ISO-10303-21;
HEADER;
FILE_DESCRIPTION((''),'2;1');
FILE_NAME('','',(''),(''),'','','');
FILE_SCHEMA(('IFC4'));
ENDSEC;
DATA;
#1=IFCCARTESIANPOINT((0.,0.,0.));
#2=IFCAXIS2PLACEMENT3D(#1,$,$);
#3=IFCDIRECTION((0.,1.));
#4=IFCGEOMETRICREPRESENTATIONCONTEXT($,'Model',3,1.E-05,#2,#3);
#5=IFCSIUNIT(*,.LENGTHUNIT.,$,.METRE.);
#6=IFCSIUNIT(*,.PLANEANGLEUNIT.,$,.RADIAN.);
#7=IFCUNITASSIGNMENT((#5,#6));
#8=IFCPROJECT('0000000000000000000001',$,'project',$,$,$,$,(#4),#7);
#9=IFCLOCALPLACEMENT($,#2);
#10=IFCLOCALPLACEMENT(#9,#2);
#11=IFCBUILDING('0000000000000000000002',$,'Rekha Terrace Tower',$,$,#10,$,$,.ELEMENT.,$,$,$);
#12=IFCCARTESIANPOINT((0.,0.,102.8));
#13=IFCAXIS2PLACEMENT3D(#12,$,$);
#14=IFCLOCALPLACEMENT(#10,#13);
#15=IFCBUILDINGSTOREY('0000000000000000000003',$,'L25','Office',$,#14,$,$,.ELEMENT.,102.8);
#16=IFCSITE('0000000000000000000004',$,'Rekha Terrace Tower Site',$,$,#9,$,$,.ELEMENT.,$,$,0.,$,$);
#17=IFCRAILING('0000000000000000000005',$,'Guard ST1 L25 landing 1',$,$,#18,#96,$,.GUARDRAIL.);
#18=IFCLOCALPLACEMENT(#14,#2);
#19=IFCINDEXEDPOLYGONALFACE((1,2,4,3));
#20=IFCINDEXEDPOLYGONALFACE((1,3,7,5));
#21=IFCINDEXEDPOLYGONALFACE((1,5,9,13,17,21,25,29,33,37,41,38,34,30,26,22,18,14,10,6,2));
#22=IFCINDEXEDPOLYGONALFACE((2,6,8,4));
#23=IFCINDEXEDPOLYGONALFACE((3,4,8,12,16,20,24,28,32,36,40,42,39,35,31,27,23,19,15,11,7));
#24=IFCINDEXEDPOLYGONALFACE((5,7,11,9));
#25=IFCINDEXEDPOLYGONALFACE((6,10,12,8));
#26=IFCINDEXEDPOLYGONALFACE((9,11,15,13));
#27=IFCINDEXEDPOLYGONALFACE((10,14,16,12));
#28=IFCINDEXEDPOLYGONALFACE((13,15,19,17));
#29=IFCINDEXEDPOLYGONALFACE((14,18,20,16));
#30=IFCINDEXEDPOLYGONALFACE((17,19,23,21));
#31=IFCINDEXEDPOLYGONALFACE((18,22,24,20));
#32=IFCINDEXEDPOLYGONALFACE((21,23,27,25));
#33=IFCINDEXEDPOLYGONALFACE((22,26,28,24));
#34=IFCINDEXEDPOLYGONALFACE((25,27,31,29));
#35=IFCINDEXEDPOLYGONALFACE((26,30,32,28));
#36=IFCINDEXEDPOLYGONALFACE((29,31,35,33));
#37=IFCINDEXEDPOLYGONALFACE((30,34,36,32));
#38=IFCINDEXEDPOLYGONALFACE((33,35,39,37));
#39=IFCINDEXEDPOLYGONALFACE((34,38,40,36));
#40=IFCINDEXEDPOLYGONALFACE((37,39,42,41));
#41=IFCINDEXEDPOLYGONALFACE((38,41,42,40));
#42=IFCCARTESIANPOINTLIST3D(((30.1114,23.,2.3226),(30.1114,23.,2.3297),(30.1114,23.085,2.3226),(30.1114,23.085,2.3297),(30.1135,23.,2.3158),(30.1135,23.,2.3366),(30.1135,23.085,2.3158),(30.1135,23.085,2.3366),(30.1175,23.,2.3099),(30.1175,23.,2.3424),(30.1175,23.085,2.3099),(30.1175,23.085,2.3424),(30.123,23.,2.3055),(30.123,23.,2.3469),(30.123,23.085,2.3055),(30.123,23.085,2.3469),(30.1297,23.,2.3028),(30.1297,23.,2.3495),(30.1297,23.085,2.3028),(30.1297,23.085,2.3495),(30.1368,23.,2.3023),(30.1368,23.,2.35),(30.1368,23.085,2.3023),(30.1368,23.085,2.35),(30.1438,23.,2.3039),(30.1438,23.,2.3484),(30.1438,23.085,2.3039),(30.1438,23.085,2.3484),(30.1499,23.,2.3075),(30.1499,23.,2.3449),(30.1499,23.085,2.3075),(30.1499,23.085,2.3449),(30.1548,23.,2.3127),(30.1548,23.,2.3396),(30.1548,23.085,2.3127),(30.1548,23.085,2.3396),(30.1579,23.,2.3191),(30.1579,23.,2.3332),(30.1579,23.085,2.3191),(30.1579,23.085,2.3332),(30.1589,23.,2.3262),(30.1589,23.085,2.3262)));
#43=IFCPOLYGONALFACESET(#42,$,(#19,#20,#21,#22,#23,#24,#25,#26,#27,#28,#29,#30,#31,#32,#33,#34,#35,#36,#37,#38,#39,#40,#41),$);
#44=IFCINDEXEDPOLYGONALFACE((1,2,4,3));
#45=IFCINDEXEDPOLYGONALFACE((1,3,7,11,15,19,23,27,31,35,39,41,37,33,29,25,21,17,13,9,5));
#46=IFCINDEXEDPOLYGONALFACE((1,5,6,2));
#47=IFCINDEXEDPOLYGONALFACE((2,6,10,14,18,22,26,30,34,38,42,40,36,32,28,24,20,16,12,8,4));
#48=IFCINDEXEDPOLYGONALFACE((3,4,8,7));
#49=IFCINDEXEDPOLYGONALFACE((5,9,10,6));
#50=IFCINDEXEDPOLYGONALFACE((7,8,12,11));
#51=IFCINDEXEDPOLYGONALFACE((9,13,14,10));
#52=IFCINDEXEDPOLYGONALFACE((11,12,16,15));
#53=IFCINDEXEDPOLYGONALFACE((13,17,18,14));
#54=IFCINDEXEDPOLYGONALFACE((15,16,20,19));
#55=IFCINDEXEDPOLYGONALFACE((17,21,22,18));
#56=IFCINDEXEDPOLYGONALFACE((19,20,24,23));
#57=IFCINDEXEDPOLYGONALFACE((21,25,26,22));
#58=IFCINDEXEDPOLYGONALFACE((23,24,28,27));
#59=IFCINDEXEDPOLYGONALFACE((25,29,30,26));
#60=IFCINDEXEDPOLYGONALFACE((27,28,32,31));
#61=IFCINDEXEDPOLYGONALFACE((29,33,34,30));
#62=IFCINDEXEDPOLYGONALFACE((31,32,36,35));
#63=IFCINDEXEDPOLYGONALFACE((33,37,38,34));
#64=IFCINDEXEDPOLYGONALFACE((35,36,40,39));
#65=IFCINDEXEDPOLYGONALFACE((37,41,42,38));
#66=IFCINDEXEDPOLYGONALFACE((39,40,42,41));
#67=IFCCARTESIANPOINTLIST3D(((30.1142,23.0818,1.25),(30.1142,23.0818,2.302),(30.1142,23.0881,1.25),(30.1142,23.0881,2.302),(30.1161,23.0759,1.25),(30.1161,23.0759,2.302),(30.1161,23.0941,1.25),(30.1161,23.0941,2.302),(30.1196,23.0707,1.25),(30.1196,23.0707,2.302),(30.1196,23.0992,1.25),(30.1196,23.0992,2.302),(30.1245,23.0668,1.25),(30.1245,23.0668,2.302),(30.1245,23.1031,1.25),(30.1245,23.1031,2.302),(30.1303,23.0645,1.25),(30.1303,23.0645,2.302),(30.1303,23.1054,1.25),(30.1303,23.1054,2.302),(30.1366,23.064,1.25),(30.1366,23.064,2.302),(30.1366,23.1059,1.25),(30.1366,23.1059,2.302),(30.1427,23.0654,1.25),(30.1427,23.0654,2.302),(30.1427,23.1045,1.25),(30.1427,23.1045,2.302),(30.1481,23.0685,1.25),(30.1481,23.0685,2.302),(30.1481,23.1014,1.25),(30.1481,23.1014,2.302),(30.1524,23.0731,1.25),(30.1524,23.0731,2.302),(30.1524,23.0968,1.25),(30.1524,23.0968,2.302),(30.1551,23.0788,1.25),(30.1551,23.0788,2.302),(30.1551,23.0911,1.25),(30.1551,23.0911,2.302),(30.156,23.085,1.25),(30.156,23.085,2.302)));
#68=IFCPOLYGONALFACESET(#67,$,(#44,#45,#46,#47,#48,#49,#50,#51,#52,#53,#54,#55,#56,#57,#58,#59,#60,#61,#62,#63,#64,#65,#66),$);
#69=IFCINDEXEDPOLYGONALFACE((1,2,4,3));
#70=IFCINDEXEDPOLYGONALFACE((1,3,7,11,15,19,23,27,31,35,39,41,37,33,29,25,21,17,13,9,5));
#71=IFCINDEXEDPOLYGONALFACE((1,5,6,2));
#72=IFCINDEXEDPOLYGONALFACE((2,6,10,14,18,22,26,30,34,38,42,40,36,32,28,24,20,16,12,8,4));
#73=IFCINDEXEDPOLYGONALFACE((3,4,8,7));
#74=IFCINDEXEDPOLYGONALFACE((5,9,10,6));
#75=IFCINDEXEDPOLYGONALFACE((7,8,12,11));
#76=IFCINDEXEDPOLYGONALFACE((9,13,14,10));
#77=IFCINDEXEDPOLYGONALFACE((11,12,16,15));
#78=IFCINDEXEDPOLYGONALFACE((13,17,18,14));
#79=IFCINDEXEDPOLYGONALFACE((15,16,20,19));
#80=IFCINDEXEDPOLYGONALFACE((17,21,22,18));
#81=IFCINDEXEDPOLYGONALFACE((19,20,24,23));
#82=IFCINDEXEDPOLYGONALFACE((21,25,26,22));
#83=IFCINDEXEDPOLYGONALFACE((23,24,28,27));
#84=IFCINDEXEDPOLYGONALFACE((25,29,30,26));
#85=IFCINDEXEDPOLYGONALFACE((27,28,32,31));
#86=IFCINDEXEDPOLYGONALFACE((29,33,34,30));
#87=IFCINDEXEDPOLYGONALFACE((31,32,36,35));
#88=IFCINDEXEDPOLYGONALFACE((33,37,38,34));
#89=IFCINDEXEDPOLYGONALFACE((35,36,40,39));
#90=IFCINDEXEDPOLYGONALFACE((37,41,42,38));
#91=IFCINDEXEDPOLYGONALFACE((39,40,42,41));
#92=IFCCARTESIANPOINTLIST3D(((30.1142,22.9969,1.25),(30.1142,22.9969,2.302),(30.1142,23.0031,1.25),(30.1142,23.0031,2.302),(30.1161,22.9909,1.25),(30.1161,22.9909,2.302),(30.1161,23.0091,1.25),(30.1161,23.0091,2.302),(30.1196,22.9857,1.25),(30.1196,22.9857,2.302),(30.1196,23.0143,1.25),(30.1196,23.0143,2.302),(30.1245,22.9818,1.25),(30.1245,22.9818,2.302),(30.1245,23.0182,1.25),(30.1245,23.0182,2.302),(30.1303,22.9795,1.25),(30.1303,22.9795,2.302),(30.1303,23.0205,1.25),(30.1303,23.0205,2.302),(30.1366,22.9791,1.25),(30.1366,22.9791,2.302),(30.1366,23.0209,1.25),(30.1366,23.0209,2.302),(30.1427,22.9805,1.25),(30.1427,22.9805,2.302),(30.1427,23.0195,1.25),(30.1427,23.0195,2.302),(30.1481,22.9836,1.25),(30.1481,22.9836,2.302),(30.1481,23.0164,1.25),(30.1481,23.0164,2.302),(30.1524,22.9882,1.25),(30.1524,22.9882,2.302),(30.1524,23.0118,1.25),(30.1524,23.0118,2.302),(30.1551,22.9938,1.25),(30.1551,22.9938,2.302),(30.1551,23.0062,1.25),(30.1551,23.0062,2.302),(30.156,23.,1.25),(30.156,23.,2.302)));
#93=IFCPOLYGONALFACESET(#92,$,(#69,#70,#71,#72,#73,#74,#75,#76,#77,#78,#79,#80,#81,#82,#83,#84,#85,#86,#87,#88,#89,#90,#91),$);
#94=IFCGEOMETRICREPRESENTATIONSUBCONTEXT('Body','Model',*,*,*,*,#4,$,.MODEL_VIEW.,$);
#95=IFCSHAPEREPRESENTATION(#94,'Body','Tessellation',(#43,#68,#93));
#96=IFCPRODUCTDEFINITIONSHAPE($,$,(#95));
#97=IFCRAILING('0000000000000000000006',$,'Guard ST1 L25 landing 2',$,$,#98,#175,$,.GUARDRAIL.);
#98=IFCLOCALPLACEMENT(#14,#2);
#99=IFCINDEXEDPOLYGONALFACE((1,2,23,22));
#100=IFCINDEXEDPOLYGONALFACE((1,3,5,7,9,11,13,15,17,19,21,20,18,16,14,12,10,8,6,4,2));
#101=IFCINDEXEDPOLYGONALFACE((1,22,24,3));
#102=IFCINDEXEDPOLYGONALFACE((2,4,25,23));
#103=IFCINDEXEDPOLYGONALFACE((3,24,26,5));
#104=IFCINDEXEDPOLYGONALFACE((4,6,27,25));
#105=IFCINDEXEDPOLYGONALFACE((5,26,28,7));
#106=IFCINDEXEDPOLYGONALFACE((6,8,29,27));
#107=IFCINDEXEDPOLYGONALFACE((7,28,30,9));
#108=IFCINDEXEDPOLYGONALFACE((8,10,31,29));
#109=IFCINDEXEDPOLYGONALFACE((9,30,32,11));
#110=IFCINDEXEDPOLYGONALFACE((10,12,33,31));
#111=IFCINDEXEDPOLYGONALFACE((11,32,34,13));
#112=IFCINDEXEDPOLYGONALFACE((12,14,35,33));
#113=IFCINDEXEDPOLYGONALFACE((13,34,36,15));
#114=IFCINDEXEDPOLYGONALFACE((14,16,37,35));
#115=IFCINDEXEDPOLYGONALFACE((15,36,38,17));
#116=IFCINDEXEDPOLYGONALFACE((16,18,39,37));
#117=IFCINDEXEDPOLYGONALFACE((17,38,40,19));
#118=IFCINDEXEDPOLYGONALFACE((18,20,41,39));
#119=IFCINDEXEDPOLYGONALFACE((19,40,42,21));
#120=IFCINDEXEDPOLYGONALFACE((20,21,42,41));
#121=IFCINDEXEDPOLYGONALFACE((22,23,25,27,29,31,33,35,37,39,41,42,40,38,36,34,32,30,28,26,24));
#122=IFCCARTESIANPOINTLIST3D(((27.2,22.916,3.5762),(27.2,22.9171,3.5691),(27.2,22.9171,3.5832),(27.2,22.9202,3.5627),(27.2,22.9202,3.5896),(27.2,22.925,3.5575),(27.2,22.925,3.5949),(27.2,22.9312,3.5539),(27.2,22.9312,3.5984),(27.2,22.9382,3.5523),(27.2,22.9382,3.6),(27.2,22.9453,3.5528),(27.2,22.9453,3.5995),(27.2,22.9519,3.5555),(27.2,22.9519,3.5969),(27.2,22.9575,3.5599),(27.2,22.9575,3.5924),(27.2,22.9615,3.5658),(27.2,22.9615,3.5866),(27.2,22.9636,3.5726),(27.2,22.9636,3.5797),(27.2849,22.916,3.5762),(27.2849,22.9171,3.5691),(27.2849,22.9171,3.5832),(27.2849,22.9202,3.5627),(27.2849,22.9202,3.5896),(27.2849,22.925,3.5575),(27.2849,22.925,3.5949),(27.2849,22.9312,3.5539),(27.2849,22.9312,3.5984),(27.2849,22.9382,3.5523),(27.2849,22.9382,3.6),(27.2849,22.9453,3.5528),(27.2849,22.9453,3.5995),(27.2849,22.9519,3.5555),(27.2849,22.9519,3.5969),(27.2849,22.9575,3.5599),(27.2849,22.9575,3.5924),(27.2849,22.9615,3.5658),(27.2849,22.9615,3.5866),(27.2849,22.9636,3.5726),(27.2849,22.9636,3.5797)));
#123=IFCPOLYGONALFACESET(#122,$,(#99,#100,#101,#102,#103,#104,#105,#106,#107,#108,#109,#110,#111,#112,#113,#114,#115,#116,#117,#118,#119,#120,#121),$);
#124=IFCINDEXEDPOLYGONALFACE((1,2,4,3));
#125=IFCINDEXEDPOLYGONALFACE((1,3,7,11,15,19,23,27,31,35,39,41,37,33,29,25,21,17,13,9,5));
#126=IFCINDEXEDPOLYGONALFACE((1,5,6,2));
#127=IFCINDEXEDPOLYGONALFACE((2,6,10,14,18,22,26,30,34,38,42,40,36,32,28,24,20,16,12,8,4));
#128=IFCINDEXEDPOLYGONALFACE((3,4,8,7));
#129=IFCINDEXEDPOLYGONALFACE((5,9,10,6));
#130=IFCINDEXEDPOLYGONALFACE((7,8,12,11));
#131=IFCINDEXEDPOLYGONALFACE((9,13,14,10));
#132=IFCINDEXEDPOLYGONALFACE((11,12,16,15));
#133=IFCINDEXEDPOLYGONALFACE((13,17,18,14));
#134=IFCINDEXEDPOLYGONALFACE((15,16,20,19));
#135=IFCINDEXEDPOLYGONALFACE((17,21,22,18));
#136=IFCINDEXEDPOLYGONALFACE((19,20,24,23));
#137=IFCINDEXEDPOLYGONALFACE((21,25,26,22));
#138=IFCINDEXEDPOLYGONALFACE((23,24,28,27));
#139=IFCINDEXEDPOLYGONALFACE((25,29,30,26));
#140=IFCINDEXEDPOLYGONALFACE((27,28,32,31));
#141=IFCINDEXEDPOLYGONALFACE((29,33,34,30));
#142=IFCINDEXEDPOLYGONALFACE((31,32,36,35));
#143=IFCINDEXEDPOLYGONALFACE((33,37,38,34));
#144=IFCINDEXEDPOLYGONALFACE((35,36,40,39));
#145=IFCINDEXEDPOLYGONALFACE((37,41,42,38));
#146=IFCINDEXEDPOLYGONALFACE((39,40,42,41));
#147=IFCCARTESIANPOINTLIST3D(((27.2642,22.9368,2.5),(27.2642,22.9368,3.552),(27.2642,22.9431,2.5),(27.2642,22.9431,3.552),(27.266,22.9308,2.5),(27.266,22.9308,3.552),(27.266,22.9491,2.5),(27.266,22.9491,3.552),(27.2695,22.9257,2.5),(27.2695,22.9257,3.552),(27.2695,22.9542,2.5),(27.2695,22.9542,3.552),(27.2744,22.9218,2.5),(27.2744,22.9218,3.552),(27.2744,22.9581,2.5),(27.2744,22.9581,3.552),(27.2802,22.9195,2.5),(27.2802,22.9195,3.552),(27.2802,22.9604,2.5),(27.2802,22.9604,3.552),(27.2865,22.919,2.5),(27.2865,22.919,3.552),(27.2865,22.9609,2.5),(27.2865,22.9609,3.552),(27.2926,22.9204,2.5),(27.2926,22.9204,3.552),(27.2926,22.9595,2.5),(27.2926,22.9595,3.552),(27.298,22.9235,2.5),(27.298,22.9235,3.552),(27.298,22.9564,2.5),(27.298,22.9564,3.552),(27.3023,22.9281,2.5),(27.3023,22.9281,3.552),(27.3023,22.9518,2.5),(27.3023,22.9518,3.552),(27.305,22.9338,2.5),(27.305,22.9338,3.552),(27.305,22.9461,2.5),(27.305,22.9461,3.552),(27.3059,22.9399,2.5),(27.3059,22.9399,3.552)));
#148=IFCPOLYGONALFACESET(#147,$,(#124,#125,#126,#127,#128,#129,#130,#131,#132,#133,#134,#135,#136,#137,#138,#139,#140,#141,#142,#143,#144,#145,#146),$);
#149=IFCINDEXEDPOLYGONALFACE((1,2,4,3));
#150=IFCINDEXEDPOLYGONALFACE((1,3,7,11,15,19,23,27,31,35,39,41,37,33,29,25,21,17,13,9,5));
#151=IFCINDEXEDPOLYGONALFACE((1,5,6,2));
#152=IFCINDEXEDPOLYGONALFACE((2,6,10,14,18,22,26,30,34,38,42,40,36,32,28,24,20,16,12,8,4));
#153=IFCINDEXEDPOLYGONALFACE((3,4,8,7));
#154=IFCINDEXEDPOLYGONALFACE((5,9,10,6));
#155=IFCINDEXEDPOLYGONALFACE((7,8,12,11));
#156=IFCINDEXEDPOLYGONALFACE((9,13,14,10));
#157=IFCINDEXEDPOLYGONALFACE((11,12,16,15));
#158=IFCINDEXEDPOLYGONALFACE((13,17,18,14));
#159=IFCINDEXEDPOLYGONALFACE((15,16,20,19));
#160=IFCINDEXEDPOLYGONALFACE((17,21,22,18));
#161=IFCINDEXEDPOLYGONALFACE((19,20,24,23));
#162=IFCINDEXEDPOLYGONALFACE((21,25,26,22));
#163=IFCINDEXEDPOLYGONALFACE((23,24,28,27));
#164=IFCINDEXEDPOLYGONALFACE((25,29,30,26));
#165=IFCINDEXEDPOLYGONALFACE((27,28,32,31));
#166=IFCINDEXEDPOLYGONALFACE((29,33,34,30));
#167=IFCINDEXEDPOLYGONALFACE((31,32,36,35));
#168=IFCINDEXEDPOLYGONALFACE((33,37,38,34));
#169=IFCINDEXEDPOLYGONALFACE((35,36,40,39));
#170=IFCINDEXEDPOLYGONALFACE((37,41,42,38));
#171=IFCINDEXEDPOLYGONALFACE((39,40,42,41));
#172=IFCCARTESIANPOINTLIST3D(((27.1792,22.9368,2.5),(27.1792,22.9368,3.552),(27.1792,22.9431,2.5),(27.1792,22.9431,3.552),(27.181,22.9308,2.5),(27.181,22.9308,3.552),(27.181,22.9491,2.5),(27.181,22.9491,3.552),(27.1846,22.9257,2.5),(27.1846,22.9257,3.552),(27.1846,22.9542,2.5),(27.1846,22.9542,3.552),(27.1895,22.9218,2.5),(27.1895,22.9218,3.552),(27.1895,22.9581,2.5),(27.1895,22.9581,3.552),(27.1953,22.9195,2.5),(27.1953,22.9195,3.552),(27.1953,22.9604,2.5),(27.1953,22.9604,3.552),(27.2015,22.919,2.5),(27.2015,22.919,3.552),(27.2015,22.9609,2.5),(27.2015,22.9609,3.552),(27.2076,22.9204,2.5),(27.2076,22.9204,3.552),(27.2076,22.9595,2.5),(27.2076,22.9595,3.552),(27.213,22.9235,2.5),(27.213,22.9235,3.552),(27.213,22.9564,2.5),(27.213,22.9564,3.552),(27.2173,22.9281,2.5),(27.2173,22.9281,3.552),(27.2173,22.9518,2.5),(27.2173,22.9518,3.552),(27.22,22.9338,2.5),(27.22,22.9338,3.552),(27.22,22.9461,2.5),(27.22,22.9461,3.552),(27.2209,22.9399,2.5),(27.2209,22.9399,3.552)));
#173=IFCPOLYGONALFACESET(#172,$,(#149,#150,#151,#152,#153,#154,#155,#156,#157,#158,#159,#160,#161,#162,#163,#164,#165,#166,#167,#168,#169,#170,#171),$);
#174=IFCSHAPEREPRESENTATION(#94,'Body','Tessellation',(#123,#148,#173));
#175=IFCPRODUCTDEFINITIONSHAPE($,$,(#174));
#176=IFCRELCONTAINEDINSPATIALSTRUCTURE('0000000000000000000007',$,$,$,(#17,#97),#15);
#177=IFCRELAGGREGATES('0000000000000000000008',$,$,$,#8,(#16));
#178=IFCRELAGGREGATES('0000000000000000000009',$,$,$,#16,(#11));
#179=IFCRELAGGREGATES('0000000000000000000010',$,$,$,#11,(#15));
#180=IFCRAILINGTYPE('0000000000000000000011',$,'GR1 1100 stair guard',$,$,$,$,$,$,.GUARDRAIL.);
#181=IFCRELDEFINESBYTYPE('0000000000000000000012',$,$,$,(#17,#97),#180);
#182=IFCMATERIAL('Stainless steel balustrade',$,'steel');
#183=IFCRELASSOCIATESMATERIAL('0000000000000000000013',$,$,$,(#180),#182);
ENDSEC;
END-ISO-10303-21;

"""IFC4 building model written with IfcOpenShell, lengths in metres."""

from ifc_helpers import new_model, si_unit, direction, frame, origin, origin_2d, place, context, subcontext, project, spatial, circle, extrude, material, type_object, element, save


model = new_model("IFC4")

# Units and contexts
model_context = context("Model", 3, precision=1e-05, world=origin(), true_north=direction((0.0, 1.0)))
body_context = subcontext(model_context, "Body", "Model", "MODEL_VIEW")
ifc_project = project(units=[si_unit("LENGTHUNIT", "METRE"), si_unit("PLANEANGLEUNIT", "RADIAN")], contexts=[model_context])

# Site, building, storey
site_placement = place(None, origin())
site = spatial("IfcSite", under=ifc_project, at=site_placement, Name="Rekha Terrace Tower Site", CompositionType="ELEMENT", RefElevation=0.0)
building_placement = place(site_placement, origin())
building = spatial("IfcBuilding", under=site, at=building_placement, Name="Rekha Terrace Tower", CompositionType="ELEMENT")
storey_placement = place(building_placement, frame((0.0, 0.0, 102.8)))
storey = spatial("IfcBuildingStorey", under=building, at=storey_placement, Name="L25", Description="Office", CompositionType="ELEMENT", Elevation=102.8)

# Railings
ifc_material_1 = material(Name="Stainless steel balustrade", Category="steel")
railing_type_1 = type_object("IfcRailingType", Name="GR1 1100 stair guard", PredefinedType="GUARDRAIL", material=ifc_material_1)
railing_1_placement = place(storey_placement, frame((30.135, 23.085, 1.25)))
element("IfcRailing", 1, at=railing_1_placement, inside=storey, type_object=railing_type_1, Name="Guard ST1 L25 landing 1", PredefinedType="GUARDRAIL", context=body_context, shape_type="SweptSolid", body=[
    extrude(circle(Radius=0.0239, at=origin_2d()), frame((0.0, 0.0, 1.0762), z_axis=(0.0, -1.0, 0.0), x_axis=(1.0, 0.0, 0.0)), (0.0, 0.0, 1.0), 0.085),
    extrude(circle(Radius=0.021, at=origin_2d()), origin(), (0.0, 0.0, 1.0), 1.052),
    extrude(circle(Radius=0.021, at=origin_2d()), frame((0.0, -0.085, 0.0)), (0.0, 0.0, 1.0), 1.052),
])
railing_2_placement = place(storey_placement, frame((27.2849, 22.9399, 2.5)))
element("IfcRailing", 2, at=railing_2_placement, inside=storey, type_object=railing_type_1, Name="Guard ST1 L25 landing 2", PredefinedType="GUARDRAIL", context=body_context, shape_type="SweptSolid", body=[
    extrude(circle(Radius=0.0239, at=origin_2d()), frame((0.0, 0.0, 1.0762), z_axis=(-1.0, 0.0, 0.0), x_axis=(0.0, -1.0, 0.0)), (0.0, 0.0, 1.0), 0.085),
    extrude(circle(Radius=0.021, at=origin_2d()), origin(), (0.0, 0.0, 1.0), 1.052),
    extrude(circle(Radius=0.021, at=origin_2d()), frame((-0.085, 0.0, 0.0)), (0.0, 0.0, 1.0), 1.052),
])

save(model, "model.ifc")
